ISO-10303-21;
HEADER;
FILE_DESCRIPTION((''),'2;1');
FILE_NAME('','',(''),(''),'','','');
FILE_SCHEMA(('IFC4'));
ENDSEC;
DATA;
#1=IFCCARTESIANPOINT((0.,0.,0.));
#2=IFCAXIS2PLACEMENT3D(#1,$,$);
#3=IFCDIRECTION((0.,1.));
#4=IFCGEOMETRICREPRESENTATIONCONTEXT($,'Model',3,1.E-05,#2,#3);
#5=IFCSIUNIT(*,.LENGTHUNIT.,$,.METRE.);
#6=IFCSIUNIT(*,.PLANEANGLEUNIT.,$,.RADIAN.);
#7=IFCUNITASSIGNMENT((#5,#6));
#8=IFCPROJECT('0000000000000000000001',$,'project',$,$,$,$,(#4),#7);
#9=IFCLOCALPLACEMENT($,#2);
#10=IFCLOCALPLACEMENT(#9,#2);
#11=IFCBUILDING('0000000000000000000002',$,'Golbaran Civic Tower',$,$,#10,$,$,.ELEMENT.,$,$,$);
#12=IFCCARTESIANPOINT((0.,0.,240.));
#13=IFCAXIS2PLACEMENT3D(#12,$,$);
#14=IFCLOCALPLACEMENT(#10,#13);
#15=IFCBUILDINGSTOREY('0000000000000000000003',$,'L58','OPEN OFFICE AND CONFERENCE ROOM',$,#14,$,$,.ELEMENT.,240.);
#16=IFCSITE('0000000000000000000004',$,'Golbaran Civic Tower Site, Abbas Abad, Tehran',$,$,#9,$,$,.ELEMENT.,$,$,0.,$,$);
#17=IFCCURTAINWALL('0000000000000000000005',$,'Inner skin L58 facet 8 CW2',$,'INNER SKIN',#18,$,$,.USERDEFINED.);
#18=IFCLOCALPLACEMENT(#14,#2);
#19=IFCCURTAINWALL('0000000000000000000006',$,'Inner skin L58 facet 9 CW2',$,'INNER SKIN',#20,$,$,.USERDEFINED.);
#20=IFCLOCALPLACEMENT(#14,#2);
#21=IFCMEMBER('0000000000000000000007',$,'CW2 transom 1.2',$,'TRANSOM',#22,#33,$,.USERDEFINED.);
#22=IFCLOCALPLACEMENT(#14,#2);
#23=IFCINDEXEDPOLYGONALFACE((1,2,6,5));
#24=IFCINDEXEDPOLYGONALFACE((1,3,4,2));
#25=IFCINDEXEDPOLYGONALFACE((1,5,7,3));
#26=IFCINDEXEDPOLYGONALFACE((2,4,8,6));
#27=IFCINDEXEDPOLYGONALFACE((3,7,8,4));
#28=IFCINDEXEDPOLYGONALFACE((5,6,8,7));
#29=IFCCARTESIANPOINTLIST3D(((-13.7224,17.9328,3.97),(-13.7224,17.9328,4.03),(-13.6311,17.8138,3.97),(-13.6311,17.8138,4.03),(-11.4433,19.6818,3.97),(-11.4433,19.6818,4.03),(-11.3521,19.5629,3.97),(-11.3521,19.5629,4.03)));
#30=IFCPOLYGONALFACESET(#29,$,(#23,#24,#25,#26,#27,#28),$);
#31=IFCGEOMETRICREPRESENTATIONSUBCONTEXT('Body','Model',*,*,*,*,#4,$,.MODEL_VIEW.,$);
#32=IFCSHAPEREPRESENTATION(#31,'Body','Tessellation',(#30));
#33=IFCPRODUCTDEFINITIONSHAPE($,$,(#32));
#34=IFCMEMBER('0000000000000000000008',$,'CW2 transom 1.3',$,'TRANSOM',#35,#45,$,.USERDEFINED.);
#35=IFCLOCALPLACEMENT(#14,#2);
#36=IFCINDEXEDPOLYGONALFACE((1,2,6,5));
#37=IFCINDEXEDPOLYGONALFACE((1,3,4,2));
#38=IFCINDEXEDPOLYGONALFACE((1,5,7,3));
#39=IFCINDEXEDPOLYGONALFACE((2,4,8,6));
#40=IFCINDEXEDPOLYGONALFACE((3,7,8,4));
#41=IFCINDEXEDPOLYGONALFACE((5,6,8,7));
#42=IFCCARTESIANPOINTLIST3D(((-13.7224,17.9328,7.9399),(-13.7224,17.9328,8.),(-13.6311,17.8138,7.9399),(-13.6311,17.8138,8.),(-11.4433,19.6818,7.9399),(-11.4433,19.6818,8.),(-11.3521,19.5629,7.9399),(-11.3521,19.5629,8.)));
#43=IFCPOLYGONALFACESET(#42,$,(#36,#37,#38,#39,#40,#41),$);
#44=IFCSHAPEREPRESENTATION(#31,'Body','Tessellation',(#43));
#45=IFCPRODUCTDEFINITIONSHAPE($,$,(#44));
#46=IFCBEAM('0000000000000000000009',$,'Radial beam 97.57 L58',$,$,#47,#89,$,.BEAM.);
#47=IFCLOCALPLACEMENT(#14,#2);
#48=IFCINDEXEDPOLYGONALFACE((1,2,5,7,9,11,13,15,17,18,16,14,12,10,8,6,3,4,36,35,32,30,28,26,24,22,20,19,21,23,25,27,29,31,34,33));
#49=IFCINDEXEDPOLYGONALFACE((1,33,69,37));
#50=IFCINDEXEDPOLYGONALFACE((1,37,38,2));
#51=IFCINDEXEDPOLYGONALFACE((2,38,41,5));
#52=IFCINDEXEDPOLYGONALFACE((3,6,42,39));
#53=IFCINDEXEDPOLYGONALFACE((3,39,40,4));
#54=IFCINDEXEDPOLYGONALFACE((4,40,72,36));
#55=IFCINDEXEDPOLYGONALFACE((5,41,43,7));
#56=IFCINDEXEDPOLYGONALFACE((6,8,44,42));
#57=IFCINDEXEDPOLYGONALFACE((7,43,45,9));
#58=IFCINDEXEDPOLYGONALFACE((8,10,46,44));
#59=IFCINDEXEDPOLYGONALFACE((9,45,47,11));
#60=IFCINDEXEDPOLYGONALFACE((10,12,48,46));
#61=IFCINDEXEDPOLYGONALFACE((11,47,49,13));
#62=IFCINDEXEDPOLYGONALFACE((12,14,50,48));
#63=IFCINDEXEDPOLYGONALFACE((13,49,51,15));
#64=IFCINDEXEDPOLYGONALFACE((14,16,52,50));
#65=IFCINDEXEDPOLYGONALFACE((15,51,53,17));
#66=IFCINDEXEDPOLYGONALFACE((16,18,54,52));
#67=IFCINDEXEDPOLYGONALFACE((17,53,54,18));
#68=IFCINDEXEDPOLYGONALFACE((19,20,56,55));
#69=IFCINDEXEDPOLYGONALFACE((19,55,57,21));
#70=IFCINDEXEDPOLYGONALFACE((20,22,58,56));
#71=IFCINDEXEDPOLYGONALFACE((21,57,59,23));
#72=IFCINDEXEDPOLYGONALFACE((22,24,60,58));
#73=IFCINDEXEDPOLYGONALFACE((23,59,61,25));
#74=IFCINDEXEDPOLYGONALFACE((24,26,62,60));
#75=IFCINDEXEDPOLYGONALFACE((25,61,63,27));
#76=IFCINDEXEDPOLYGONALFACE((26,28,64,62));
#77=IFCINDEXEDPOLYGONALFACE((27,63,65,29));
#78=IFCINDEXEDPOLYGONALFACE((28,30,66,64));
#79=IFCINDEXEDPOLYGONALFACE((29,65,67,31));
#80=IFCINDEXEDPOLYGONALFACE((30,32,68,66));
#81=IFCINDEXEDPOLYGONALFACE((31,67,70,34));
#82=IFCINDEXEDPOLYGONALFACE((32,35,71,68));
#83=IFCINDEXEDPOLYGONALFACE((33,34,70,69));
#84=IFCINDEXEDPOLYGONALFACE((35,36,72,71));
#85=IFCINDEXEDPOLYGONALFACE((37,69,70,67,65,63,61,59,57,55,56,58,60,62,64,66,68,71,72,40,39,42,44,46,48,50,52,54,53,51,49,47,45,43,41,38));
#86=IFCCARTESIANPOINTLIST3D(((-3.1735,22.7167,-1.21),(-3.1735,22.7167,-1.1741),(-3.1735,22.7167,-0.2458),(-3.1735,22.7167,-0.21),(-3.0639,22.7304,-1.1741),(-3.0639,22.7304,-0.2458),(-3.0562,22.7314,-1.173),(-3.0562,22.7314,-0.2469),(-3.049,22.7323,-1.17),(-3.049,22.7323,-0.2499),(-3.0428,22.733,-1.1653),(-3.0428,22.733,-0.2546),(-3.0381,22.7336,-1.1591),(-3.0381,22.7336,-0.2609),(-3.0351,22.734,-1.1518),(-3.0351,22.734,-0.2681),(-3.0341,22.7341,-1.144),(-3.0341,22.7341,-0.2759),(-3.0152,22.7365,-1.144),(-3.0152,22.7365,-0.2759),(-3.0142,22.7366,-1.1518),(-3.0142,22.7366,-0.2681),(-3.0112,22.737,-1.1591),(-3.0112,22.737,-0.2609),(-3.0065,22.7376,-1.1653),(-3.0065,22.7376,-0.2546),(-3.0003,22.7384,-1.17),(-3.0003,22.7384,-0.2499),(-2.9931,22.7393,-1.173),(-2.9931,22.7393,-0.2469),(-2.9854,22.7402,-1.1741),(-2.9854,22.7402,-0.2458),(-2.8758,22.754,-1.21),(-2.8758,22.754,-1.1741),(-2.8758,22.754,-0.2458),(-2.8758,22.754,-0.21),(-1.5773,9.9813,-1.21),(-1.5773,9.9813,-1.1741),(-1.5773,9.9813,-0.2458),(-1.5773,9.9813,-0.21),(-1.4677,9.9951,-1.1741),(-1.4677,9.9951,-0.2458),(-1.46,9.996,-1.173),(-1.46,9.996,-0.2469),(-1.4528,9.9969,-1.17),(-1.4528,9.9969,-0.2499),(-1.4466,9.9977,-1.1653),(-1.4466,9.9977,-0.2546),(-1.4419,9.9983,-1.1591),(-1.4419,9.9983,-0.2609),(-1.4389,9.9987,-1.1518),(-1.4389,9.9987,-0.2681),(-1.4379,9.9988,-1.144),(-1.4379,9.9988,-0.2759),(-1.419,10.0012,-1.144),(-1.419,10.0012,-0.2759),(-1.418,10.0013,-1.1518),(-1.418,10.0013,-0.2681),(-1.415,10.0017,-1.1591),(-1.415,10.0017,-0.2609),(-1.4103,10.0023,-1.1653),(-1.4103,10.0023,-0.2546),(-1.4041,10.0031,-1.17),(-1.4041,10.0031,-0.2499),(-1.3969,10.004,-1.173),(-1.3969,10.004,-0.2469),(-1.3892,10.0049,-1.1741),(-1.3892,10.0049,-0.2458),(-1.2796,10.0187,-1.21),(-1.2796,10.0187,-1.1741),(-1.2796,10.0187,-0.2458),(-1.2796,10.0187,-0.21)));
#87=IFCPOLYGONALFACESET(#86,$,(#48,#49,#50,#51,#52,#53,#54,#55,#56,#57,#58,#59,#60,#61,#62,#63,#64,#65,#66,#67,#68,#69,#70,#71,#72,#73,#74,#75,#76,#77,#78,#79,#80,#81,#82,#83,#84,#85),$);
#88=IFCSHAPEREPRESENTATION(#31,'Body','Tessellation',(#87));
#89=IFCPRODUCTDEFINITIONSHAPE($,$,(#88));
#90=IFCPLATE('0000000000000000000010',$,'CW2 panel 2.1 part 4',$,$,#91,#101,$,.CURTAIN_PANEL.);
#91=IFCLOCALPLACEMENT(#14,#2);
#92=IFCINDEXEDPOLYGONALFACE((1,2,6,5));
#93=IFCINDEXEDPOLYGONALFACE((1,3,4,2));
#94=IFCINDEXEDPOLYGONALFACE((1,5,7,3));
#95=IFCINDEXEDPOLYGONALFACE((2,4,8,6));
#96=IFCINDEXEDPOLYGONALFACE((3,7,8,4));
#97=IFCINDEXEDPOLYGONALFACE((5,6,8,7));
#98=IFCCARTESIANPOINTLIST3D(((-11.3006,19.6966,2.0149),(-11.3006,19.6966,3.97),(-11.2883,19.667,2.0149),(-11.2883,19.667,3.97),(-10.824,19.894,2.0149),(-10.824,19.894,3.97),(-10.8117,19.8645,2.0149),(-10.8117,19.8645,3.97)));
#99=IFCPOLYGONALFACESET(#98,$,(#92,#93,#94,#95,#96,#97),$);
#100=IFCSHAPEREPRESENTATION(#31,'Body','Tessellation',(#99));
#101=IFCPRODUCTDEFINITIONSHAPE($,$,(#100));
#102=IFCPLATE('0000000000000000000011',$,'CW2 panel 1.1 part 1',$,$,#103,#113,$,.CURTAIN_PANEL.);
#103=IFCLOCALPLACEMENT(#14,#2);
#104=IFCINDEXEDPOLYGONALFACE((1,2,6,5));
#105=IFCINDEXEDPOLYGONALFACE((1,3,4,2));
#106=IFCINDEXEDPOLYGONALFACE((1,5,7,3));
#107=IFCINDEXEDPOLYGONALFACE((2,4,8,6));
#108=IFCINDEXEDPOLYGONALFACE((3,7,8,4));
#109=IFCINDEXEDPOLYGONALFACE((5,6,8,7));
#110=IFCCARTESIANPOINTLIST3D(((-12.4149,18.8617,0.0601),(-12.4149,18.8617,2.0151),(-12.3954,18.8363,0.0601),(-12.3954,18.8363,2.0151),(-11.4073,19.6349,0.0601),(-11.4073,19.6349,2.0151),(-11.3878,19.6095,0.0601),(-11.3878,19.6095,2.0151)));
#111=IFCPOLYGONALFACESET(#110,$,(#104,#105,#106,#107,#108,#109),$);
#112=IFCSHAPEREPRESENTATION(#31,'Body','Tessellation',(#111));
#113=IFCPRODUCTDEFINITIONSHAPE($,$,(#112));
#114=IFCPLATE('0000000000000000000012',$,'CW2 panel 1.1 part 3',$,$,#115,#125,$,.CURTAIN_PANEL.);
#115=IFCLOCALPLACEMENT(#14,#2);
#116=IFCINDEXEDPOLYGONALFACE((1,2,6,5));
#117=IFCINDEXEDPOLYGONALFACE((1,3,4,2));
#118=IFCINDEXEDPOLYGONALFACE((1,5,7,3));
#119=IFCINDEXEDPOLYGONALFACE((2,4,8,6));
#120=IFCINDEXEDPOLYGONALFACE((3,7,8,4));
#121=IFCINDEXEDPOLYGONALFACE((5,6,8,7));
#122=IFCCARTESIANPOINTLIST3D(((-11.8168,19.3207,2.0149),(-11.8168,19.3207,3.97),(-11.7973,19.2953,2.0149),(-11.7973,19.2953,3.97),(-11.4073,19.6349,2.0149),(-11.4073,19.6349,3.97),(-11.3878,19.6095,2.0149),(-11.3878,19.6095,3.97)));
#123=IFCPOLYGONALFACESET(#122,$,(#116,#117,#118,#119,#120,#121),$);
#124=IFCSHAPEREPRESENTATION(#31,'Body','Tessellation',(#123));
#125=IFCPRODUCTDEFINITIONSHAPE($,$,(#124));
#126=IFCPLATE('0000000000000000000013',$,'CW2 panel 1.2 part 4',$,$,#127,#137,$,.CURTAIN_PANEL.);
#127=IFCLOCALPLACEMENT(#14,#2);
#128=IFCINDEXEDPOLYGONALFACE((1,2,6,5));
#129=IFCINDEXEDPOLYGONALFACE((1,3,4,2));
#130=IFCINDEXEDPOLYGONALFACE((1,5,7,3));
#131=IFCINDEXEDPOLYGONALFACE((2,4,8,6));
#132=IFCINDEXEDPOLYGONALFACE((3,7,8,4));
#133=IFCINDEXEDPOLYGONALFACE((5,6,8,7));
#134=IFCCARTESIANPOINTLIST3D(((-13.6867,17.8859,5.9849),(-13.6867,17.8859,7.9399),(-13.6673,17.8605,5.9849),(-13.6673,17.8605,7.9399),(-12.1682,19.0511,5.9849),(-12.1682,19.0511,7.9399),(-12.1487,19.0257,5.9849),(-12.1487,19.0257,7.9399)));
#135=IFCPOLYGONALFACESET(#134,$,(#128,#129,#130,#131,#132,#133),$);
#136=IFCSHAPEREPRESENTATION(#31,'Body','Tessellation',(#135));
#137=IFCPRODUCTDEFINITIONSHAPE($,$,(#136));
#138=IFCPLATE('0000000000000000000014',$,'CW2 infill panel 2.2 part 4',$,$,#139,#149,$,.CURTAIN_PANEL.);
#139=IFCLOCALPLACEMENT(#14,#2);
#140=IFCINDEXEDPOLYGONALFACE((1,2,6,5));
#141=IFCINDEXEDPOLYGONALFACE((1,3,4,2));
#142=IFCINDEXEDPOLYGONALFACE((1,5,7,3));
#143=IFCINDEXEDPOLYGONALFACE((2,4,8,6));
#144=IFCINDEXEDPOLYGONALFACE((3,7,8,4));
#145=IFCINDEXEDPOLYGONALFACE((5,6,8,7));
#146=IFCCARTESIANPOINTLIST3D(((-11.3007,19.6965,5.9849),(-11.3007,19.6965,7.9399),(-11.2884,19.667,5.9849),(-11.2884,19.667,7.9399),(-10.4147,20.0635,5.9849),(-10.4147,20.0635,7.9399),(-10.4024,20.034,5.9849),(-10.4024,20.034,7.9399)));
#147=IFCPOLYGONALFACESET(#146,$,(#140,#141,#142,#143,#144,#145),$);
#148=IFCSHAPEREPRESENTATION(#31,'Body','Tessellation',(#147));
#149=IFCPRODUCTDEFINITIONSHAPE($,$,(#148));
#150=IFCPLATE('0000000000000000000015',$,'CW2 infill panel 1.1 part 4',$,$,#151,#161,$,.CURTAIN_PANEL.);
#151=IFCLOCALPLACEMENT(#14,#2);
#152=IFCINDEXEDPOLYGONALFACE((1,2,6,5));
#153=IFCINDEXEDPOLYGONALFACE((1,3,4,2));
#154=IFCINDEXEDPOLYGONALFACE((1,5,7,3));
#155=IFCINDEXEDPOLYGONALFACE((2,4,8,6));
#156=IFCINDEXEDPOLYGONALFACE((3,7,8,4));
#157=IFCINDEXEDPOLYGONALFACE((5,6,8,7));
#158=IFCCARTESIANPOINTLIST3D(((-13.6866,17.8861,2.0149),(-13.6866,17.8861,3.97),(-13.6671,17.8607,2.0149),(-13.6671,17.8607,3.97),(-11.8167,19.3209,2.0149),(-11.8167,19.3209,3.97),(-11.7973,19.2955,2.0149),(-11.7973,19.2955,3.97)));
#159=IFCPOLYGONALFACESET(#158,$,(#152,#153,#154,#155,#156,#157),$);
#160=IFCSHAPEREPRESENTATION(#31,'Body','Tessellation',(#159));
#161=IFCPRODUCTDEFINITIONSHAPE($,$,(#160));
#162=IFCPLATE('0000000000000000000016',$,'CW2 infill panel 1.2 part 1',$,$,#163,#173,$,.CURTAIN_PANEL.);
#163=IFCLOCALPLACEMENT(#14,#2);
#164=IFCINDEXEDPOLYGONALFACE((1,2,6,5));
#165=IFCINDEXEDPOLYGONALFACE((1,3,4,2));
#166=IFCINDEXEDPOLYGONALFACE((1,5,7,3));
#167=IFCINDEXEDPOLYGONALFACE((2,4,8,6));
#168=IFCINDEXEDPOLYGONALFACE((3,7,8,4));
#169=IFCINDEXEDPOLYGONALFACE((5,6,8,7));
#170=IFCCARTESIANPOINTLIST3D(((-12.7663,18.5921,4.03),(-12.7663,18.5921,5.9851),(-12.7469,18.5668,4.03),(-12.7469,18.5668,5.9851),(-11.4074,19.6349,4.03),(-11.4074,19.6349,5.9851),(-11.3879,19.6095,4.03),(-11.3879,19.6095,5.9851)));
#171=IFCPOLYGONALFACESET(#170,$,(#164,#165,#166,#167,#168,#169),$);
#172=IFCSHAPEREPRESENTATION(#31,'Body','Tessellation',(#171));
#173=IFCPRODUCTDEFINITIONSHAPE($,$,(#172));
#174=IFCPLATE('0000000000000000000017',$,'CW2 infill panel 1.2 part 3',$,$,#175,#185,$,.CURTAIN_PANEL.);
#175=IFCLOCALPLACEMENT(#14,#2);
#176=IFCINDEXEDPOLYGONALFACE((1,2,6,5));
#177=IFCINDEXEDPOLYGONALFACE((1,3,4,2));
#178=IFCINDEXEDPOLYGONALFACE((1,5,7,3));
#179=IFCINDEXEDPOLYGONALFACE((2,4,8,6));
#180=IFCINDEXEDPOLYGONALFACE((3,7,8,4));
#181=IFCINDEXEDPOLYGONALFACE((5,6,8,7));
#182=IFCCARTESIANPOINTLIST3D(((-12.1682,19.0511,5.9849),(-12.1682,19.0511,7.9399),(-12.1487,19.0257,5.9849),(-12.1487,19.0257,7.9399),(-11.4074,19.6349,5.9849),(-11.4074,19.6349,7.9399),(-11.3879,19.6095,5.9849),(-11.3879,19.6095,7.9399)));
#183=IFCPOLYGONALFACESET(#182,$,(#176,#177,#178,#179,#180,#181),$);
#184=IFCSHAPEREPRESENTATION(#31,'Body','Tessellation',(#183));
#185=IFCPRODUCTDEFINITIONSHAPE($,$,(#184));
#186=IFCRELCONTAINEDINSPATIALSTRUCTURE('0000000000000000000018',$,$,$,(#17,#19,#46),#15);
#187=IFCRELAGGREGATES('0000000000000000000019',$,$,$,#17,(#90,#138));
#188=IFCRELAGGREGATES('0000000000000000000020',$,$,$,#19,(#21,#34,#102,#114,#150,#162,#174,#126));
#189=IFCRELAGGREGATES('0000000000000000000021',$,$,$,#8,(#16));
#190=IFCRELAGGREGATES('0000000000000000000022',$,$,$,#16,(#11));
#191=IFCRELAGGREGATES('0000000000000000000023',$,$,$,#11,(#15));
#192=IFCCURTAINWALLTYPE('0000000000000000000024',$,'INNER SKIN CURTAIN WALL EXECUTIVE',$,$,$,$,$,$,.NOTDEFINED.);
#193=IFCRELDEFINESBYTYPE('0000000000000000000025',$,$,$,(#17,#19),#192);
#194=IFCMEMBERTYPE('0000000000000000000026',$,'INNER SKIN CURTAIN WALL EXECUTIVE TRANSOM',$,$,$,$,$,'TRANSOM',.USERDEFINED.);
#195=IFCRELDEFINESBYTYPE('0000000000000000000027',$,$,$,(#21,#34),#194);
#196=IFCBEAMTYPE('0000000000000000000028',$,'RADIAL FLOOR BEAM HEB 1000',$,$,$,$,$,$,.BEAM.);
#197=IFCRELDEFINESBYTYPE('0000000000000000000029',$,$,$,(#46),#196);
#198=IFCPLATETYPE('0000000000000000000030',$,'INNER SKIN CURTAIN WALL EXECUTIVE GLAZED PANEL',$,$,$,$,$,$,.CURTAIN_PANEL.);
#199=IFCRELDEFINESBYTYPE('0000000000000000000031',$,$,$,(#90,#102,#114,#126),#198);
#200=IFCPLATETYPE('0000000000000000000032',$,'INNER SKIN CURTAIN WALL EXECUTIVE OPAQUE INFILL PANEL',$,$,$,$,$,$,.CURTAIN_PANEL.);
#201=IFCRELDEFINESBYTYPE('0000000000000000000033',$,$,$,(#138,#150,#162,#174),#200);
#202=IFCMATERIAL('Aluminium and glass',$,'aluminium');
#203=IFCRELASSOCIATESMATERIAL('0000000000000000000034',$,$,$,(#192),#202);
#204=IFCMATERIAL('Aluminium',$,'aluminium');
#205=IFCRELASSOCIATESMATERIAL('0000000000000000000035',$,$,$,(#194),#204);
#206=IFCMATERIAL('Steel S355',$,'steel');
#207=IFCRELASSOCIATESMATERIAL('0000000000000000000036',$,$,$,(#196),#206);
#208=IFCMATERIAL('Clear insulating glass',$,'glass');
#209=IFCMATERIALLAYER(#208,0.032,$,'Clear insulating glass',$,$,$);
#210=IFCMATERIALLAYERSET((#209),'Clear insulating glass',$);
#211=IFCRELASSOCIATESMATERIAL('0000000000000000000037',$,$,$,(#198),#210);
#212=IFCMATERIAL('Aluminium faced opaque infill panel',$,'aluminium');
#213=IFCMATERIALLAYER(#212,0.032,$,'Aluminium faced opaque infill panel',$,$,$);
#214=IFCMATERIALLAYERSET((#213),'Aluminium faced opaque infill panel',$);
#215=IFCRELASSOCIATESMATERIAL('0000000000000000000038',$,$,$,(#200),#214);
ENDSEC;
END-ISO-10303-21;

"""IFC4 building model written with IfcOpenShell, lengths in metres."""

from ifc_helpers import new_model, si_unit, direction, frame, origin, origin_2d, place, context, subcontext, project, spatial, rectangle, i_section, extrude, material, layer, layer_set, material_profile, profile_set, type_object, element, aggregate, save


model = new_model("IFC4")

# Units and contexts
model_context = context("Model", 3, precision=1e-05, world=origin(), true_north=direction((0.0, 1.0)))
body_context = subcontext(model_context, "Body", "Model", "MODEL_VIEW")
ifc_project = project(units=[si_unit("LENGTHUNIT", "METRE"), si_unit("PLANEANGLEUNIT", "RADIAN")], contexts=[model_context])

# Site, building, storey
site_placement = place(None, origin())
site = spatial("IfcSite", under=ifc_project, at=site_placement, Name="Golbaran Civic Tower Site, Abbas Abad, Tehran", CompositionType="ELEMENT", RefElevation=0.0)
building_placement = place(site_placement, origin())
building = spatial("IfcBuilding", under=site, at=building_placement, Name="Golbaran Civic Tower", CompositionType="ELEMENT")
storey_placement = place(building_placement, frame((0.0, 0.0, 240.0)))
storey = spatial("IfcBuildingStorey", under=building, at=storey_placement, Name="L58", Description="OPEN OFFICE AND CONFERENCE ROOM", CompositionType="ELEMENT", Elevation=240.0)

# Shared definitions
ifc_material_1 = material(Name="Steel S355", Category="steel")

# Curtain wall
ifc_material_2 = material(Name="Aluminium and glass", Category="aluminium")
curtain_wall_type = type_object("IfcCurtainWallType", Name="INNER SKIN CURTAIN WALL EXECUTIVE", PredefinedType="NOTDEFINED", material=ifc_material_2)
curtain_wall_1_placement = place(storey_placement, origin())
curtain_wall_1 = element("IfcCurtainWall", 1, at=curtain_wall_1_placement, inside=storey, type_object=curtain_wall_type, Name="Inner skin L58 facet 8 CW2", ObjectType="INNER SKIN", PredefinedType="USERDEFINED")
ifc_material_3 = material(Name="Aluminium", Category="aluminium")

# Curtain wall, members
curtain_wall_2_placement = place(storey_placement, origin())
curtain_wall_2 = element("IfcCurtainWall", 2, at=curtain_wall_2_placement, inside=storey, type_object=curtain_wall_type, Name="Inner skin L58 facet 9 CW2", ObjectType="INNER SKIN", PredefinedType="USERDEFINED")
ifc_material_profile_1 = material_profile(ifc_material_3, rectangle(XDim=0.1499, YDim=0.0601, at=origin_2d()), Name="INNER SKIN CURTAIN WALL EXECUTIVE TRANSOM")
ifc_profile_set_1 = profile_set([ifc_material_profile_1], Name="Aluminium")
member_type_1 = type_object("IfcMemberType", Name="INNER SKIN CURTAIN WALL EXECUTIVE TRANSOM", ElementType="TRANSOM", PredefinedType="USERDEFINED", material=ifc_profile_set_1)
member_1_placement = place(storey_placement, frame((-11.3977, 19.6223, 4.0), z_axis=(-0.793312, -0.608815, 0.0), x_axis=(0.608815, -0.793312, 0.0)))
member_1 = element("IfcMember", 3, at=member_1_placement, type_object=member_type_1, Name="CW2 transom 1.2", ObjectType="TRANSOM", PredefinedType="USERDEFINED", context=body_context, shape_type="SweptSolid", body=[
    extrude(rectangle(XDim=0.1499, YDim=0.0601, at=origin_2d()), origin(), (0.0, 0.0, 1.0), 2.8728),
])
member_2_placement = place(storey_placement, frame((-11.3977, 19.6223, 7.97), z_axis=(-0.793312, -0.608815, 0.0), x_axis=(0.608815, -0.793312, 0.0)))
member_2 = element("IfcMember", 4, at=member_2_placement, type_object=member_type_1, Name="CW2 transom 1.3", ObjectType="TRANSOM", PredefinedType="USERDEFINED", context=body_context, shape_type="SweptSolid", body=[
    extrude(rectangle(XDim=0.1499, YDim=0.0601, at=origin_2d()), origin(), (0.0, 0.0, 1.0), 2.8728),
])

# Beam
ifc_material_profile_2 = material_profile(ifc_material_1, i_section(OverallWidth=0.3, OverallDepth=1.0, WebThickness=0.019, FlangeThickness=0.0359, FilletRadius=0.03, at=origin_2d()), Name="HEB 1000")
ifc_profile_set_2 = profile_set([ifc_material_profile_2], Name="Steel S355")
beam_type_1 = type_object("IfcBeamType", Name="RADIAL FLOOR BEAM HEB 1000", PredefinedType="BEAM", material=ifc_profile_set_2)
beam_1_placement = place(storey_placement, frame((-1.4285, 10.0, -0.71), z_axis=(-0.124362, 0.992237, 0.0), x_axis=(-0.992237, -0.124362, 0.0)))
element("IfcBeam", 5, at=beam_1_placement, inside=storey, type_object=beam_type_1, Name="Radial beam 97.57 L58", PredefinedType="BEAM", context=body_context, shape_type="SweptSolid", body=[
    extrude(i_section(OverallWidth=0.3, OverallDepth=1.0, WebThickness=0.019, FlangeThickness=0.0359, FilletRadius=0.03, at=origin_2d()), origin(), (0.0, 0.0, 1.0), 12.835),
])

# Plates
ifc_material_4 = material(Name="Clear insulating glass", Category="glass")
ifc_layer_1 = layer(ifc_material_4, 0.032, Name="Clear insulating glass")
ifc_layer_set_1 = layer_set([ifc_layer_1], Name="Clear insulating glass")
plate_type_1 = type_object("IfcPlateType", Name="INNER SKIN CURTAIN WALL EXECUTIVE GLAZED PANEL", PredefinedType="CURTAIN_PANEL", material=ifc_layer_set_1)
plate_1_placement = place(storey_placement, frame((-11.0562, 19.7805, 2.0149), z_axis=(0.0, 0.0, 1.0), x_axis=(-0.92388, -0.382683, 0.0)))
plate_1 = element("IfcPlate", 6, at=plate_1_placement, type_object=plate_type_1, Name="CW2 panel 2.1 part 4", PredefinedType="CURTAIN_PANEL", context=body_context, shape_type="SweptSolid", body=[
    extrude(rectangle(XDim=0.5159, YDim=0.032, at=origin_2d()), origin(), (0.0, 0.0, 1.0), 1.9551),
])
plate_2_placement = place(storey_placement, frame((-11.9014, 19.2356, 0.0601), z_axis=(0.0, 0.0, 1.0), x_axis=(-0.793353, -0.608761, 0.0)))
plate_2 = element("IfcPlate", 7, at=plate_2_placement, type_object=plate_type_1, Name="CW2 panel 1.1 part 1", PredefinedType="CURTAIN_PANEL", context=body_context, shape_type="SweptSolid", body=[
    extrude(rectangle(XDim=1.27, YDim=0.032, at=origin_2d()), origin(), (0.0, 0.0, 1.0), 1.9551),
])
plate_3_placement = place(storey_placement, frame((-11.6023, 19.4651, 2.0149), z_axis=(0.0, 0.0, 1.0), x_axis=(-0.793353, -0.608761, 0.0)))
plate_3 = element("IfcPlate", 8, at=plate_3_placement, type_object=plate_type_1, Name="CW2 panel 1.1 part 3", PredefinedType="CURTAIN_PANEL", context=body_context, shape_type="SweptSolid", body=[
    extrude(rectangle(XDim=0.5161, YDim=0.032, at=origin_2d()), origin(), (0.0, 0.0, 1.0), 1.9551),
])
plate_4_placement = place(storey_placement, frame((-12.9177, 18.4558, 5.9849), z_axis=(0.0, 0.0, 1.0), x_axis=(-0.793353, -0.608761, 0.0)))
plate_4 = element("IfcPlate", 9, at=plate_4_placement, type_object=plate_type_1, Name="CW2 panel 1.2 part 4", PredefinedType="CURTAIN_PANEL", context=body_context, shape_type="SweptSolid", body=[
    extrude(rectangle(XDim=1.9141, YDim=0.032, at=origin_2d()), origin(), (0.0, 0.0, 1.0), 1.9551),
])
ifc_material_5 = material(Name="Aluminium faced opaque infill panel", Category="aluminium")
ifc_layer_2 = layer(ifc_material_5, 0.032, Name="Aluminium faced opaque infill panel")
ifc_layer_set_2 = layer_set([ifc_layer_2], Name="Aluminium faced opaque infill panel")
plate_type_2 = type_object("IfcPlateType", Name="INNER SKIN CURTAIN WALL EXECUTIVE OPAQUE INFILL PANEL", PredefinedType="CURTAIN_PANEL", material=ifc_layer_set_2)
plate_5_placement = place(storey_placement, frame((-10.8516, 19.8652, 5.9849), z_axis=(0.0, 0.0, 1.0), x_axis=(-0.92388, -0.382683, 0.0)))
plate_5 = element("IfcPlate", 10, at=plate_5_placement, type_object=plate_type_2, Name="CW2 infill panel 2.2 part 4", PredefinedType="CURTAIN_PANEL", context=body_context, shape_type="SweptSolid", body=[
    extrude(rectangle(XDim=0.959, YDim=0.032, at=origin_2d()), origin(), (0.0, 0.0, 1.0), 1.9551),
])
aggregate(curtain_wall_1, [plate_1, plate_5])
plate_6_placement = place(storey_placement, frame((-12.7419, 18.5908, 2.0149), z_axis=(0.0, 0.0, 1.0), x_axis=(-0.793353, -0.608761, 0.0)))
plate_6 = element("IfcPlate", 11, at=plate_6_placement, type_object=plate_type_2, Name="CW2 infill panel 1.1 part 4", PredefinedType="CURTAIN_PANEL", context=body_context, shape_type="SweptSolid", body=[
    extrude(rectangle(XDim=2.3569, YDim=0.032, at=origin_2d()), origin(), (0.0, 0.0, 1.0), 1.9551),
])
plate_7_placement = place(storey_placement, frame((-12.0771, 19.1008, 4.03), z_axis=(0.0, 0.0, 1.0), x_axis=(-0.793353, -0.608761, 0.0)))
plate_7 = element("IfcPlate", 12, at=plate_7_placement, type_object=plate_type_2, Name="CW2 infill panel 1.2 part 1", PredefinedType="CURTAIN_PANEL", context=body_context, shape_type="SweptSolid", body=[
    extrude(rectangle(XDim=1.7129, YDim=0.032, at=origin_2d()), origin(), (0.0, 0.0, 1.0), 1.9551),
])
plate_8_placement = place(storey_placement, frame((-11.7781, 19.3303, 5.9849), z_axis=(0.0, 0.0, 1.0), x_axis=(-0.793353, -0.608761, 0.0)))
plate_8 = element("IfcPlate", 13, at=plate_8_placement, type_object=plate_type_2, Name="CW2 infill panel 1.2 part 3", PredefinedType="CURTAIN_PANEL", context=body_context, shape_type="SweptSolid", body=[
    extrude(rectangle(XDim=0.959, YDim=0.032, at=origin_2d()), origin(), (0.0, 0.0, 1.0), 1.9551),
])
aggregate(curtain_wall_2, [member_1, member_2, plate_2, plate_3, plate_6, plate_7, plate_8, plate_4])

save(model, "model.ifc")
